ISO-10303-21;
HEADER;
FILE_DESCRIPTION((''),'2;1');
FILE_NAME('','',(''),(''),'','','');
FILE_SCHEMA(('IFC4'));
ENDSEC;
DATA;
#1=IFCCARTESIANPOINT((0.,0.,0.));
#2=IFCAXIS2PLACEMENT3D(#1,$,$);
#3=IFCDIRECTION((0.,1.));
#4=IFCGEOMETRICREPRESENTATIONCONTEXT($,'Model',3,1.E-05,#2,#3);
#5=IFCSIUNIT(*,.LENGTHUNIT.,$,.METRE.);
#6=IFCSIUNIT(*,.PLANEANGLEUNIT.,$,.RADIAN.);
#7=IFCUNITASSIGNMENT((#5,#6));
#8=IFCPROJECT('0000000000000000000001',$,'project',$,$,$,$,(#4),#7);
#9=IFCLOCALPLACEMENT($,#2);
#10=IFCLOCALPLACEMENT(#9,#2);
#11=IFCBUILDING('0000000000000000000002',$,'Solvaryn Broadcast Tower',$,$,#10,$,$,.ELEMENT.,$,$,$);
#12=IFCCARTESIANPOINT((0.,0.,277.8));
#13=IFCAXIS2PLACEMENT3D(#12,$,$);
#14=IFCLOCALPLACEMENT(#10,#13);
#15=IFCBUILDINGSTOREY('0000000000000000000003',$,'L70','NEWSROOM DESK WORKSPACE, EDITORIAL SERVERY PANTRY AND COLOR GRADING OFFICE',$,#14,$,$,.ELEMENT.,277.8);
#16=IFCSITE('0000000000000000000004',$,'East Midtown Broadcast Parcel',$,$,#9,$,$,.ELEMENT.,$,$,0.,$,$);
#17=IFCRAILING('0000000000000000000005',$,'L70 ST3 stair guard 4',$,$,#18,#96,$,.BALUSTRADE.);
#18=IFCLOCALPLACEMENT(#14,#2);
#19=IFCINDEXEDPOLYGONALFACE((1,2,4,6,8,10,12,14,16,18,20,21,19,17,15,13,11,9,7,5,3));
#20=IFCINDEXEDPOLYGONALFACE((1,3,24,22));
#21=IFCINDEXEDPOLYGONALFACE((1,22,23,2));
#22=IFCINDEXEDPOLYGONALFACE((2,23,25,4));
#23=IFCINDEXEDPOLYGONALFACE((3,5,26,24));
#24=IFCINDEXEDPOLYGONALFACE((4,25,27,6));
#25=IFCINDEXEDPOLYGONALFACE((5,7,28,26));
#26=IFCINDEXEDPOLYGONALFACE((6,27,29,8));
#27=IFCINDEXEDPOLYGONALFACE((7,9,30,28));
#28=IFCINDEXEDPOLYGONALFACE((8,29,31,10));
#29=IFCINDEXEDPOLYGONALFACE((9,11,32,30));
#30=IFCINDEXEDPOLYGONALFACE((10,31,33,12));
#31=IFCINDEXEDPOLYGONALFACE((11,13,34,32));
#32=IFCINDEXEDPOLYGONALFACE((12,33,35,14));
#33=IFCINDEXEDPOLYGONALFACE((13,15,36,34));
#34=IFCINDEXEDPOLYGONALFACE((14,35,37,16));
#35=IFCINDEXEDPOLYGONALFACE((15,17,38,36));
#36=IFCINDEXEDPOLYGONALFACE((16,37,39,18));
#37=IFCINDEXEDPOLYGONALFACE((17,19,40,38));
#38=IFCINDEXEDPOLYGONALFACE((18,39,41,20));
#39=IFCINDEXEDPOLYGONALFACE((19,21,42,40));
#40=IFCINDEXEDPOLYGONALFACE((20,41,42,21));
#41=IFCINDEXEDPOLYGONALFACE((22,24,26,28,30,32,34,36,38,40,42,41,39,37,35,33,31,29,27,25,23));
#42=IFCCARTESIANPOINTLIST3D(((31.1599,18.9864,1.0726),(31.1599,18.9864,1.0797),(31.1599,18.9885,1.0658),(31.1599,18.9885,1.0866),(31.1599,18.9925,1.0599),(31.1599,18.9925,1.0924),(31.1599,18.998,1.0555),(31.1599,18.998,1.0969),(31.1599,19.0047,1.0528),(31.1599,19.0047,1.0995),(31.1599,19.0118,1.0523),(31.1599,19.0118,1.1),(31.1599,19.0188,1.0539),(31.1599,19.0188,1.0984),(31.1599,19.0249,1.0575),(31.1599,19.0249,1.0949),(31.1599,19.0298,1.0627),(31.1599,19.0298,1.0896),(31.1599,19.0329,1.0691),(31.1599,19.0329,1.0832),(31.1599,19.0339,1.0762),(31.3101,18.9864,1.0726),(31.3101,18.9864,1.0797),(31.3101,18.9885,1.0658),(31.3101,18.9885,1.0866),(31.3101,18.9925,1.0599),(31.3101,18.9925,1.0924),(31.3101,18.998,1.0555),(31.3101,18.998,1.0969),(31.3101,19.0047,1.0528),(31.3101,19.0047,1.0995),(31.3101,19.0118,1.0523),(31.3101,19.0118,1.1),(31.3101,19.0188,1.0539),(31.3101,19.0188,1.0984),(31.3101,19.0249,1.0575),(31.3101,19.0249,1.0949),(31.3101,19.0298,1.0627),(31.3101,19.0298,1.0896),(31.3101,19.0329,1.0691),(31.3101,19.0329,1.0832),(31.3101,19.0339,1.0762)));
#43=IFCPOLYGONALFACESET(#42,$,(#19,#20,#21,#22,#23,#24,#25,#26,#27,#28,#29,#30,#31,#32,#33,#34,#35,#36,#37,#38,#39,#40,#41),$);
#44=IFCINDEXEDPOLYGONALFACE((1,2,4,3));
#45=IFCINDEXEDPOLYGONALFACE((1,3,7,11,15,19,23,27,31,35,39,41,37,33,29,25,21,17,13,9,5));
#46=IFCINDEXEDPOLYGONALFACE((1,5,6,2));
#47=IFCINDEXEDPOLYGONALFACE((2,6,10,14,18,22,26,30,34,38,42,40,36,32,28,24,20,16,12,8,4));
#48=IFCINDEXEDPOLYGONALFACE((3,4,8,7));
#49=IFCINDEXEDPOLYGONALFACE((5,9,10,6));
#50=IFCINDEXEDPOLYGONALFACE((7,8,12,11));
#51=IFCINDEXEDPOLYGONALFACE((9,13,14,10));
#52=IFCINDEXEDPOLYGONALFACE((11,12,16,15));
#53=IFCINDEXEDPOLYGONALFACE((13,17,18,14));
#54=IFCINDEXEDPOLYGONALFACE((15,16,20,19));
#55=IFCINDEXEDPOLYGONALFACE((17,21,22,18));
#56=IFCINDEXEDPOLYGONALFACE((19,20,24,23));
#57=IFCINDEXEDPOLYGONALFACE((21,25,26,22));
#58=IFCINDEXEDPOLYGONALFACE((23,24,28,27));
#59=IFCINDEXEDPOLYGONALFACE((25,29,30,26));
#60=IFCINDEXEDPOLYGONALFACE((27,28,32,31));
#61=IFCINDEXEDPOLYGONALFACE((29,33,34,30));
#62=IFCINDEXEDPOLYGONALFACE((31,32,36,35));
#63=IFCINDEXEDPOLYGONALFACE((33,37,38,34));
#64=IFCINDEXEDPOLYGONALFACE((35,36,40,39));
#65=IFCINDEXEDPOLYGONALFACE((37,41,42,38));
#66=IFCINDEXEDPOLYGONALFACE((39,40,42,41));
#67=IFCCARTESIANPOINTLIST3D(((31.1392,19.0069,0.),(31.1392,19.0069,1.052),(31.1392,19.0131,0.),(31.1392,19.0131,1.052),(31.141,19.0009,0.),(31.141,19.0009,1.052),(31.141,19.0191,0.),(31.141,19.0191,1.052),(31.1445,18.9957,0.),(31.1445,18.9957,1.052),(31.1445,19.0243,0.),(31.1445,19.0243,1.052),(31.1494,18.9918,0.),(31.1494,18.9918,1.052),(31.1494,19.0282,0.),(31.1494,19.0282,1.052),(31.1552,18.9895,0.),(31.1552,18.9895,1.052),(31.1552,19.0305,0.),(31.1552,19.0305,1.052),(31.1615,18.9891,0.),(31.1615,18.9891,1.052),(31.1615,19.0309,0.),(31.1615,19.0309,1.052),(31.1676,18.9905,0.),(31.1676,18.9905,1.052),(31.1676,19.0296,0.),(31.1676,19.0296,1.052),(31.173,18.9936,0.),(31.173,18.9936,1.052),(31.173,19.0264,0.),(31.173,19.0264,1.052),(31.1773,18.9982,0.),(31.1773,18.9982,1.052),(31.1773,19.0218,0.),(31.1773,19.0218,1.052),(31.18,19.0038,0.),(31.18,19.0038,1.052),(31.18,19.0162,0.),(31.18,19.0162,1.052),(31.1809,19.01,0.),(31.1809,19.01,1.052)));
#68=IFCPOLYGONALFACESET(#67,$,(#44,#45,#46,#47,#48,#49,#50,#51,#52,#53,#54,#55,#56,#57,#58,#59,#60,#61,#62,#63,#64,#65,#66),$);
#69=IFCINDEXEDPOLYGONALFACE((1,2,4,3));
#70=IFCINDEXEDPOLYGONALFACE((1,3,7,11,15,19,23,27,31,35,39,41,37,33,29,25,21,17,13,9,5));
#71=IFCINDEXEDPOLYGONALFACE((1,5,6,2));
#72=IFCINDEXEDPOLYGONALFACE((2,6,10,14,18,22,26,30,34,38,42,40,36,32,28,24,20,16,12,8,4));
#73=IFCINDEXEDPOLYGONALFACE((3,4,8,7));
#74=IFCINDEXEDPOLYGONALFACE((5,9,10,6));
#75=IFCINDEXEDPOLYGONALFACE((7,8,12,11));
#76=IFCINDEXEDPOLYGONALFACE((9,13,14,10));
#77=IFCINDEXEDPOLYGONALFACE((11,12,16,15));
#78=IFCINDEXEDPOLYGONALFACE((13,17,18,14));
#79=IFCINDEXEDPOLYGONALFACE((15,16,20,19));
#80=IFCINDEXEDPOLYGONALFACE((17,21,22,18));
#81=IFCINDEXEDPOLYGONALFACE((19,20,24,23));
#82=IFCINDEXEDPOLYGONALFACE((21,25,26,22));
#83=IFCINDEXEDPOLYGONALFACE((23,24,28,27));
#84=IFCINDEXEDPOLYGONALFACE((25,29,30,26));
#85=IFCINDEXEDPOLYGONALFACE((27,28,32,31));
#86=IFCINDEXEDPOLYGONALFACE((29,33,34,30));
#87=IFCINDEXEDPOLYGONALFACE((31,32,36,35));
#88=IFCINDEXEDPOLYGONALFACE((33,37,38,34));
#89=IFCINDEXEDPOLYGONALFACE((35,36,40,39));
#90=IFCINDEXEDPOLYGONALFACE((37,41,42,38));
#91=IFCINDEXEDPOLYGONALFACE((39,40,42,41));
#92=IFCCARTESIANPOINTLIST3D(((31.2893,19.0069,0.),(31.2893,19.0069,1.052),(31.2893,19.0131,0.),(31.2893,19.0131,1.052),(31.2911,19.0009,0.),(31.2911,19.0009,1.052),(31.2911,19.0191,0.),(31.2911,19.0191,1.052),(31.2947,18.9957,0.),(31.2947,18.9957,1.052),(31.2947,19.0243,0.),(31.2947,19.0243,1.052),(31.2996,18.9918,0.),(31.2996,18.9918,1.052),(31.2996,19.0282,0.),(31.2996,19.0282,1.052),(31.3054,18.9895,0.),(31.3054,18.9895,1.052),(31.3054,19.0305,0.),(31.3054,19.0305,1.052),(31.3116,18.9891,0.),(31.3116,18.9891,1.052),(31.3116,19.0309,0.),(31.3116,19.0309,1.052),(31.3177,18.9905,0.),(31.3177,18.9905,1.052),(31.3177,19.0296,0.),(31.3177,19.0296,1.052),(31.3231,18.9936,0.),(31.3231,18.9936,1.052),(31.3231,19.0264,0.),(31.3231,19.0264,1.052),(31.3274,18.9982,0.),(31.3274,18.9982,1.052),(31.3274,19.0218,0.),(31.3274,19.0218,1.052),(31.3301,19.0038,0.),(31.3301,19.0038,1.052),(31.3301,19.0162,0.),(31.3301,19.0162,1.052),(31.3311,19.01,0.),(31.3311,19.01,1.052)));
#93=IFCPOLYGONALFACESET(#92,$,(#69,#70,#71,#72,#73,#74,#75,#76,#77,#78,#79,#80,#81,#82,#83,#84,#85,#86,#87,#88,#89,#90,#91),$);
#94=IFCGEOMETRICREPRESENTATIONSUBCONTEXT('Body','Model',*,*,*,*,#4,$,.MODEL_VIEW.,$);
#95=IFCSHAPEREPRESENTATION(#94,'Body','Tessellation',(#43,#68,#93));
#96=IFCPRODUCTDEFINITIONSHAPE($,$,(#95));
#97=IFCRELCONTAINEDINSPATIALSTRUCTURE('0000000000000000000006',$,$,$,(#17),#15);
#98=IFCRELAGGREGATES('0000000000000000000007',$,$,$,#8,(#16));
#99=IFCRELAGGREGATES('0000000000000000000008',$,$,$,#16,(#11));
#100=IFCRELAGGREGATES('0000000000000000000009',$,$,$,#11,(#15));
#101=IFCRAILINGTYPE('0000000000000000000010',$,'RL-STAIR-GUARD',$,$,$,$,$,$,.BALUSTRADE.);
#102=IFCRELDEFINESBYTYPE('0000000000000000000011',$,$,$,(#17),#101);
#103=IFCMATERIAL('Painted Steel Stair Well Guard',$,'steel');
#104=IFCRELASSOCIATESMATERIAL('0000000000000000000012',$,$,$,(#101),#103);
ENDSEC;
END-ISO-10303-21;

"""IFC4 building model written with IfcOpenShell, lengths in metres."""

from ifc_helpers import new_model, si_unit, direction, frame, origin, origin_2d, place, context, subcontext, project, spatial, circle, extrude, material, type_object, element, save


model = new_model("IFC4")

# Units and contexts
model_context = context("Model", 3, precision=1e-05, world=origin(), true_north=direction((0.0, 1.0)))
body_context = subcontext(model_context, "Body", "Model", "MODEL_VIEW")
ifc_project = project(units=[si_unit("LENGTHUNIT", "METRE"), si_unit("PLANEANGLEUNIT", "RADIAN")], contexts=[model_context])

# Site, building, storey
site_placement = place(None, origin())
site = spatial("IfcSite", under=ifc_project, at=site_placement, Name="East Midtown Broadcast Parcel", CompositionType="ELEMENT", RefElevation=0.0)
building_placement = place(site_placement, origin())
building = spatial("IfcBuilding", under=site, at=building_placement, Name="Solvaryn Broadcast Tower", CompositionType="ELEMENT")
storey_placement = place(building_placement, frame((0.0, 0.0, 277.8)))
storey = spatial("IfcBuildingStorey", under=building, at=storey_placement, Name="L70", Description="NEWSROOM DESK WORKSPACE, EDITORIAL SERVERY PANTRY AND COLOR GRADING OFFICE", CompositionType="ELEMENT", Elevation=277.8)

# Railing
ifc_material_1 = material(Name="Painted Steel Stair Well Guard", Category="steel")
railing_type_1 = type_object("IfcRailingType", Name="RL-STAIR-GUARD", PredefinedType="BALUSTRADE", material=ifc_material_1)
railing_1_placement = place(storey_placement, frame((31.1599, 19.01, 0.0)))
element("IfcRailing", 1, at=railing_1_placement, inside=storey, type_object=railing_type_1, Name="L70 ST3 stair guard 4", PredefinedType="BALUSTRADE", context=body_context, shape_type="SweptSolid", body=[
    extrude(circle(Radius=0.0239, at=origin_2d()), frame((0.0, 0.0, 1.0762), z_axis=(1.0, 0.0, 0.0), x_axis=(0.0, 1.0, 0.0)), (0.0, 0.0, 1.0), 0.1501),
    extrude(circle(Radius=0.021, at=origin_2d()), origin(), (0.0, 0.0, 1.0), 1.052),
    extrude(circle(Radius=0.021, at=origin_2d()), frame((0.1501, 0.0, 0.0)), (0.0, 0.0, 1.0), 1.052),
])

save(model, "model.ifc")
